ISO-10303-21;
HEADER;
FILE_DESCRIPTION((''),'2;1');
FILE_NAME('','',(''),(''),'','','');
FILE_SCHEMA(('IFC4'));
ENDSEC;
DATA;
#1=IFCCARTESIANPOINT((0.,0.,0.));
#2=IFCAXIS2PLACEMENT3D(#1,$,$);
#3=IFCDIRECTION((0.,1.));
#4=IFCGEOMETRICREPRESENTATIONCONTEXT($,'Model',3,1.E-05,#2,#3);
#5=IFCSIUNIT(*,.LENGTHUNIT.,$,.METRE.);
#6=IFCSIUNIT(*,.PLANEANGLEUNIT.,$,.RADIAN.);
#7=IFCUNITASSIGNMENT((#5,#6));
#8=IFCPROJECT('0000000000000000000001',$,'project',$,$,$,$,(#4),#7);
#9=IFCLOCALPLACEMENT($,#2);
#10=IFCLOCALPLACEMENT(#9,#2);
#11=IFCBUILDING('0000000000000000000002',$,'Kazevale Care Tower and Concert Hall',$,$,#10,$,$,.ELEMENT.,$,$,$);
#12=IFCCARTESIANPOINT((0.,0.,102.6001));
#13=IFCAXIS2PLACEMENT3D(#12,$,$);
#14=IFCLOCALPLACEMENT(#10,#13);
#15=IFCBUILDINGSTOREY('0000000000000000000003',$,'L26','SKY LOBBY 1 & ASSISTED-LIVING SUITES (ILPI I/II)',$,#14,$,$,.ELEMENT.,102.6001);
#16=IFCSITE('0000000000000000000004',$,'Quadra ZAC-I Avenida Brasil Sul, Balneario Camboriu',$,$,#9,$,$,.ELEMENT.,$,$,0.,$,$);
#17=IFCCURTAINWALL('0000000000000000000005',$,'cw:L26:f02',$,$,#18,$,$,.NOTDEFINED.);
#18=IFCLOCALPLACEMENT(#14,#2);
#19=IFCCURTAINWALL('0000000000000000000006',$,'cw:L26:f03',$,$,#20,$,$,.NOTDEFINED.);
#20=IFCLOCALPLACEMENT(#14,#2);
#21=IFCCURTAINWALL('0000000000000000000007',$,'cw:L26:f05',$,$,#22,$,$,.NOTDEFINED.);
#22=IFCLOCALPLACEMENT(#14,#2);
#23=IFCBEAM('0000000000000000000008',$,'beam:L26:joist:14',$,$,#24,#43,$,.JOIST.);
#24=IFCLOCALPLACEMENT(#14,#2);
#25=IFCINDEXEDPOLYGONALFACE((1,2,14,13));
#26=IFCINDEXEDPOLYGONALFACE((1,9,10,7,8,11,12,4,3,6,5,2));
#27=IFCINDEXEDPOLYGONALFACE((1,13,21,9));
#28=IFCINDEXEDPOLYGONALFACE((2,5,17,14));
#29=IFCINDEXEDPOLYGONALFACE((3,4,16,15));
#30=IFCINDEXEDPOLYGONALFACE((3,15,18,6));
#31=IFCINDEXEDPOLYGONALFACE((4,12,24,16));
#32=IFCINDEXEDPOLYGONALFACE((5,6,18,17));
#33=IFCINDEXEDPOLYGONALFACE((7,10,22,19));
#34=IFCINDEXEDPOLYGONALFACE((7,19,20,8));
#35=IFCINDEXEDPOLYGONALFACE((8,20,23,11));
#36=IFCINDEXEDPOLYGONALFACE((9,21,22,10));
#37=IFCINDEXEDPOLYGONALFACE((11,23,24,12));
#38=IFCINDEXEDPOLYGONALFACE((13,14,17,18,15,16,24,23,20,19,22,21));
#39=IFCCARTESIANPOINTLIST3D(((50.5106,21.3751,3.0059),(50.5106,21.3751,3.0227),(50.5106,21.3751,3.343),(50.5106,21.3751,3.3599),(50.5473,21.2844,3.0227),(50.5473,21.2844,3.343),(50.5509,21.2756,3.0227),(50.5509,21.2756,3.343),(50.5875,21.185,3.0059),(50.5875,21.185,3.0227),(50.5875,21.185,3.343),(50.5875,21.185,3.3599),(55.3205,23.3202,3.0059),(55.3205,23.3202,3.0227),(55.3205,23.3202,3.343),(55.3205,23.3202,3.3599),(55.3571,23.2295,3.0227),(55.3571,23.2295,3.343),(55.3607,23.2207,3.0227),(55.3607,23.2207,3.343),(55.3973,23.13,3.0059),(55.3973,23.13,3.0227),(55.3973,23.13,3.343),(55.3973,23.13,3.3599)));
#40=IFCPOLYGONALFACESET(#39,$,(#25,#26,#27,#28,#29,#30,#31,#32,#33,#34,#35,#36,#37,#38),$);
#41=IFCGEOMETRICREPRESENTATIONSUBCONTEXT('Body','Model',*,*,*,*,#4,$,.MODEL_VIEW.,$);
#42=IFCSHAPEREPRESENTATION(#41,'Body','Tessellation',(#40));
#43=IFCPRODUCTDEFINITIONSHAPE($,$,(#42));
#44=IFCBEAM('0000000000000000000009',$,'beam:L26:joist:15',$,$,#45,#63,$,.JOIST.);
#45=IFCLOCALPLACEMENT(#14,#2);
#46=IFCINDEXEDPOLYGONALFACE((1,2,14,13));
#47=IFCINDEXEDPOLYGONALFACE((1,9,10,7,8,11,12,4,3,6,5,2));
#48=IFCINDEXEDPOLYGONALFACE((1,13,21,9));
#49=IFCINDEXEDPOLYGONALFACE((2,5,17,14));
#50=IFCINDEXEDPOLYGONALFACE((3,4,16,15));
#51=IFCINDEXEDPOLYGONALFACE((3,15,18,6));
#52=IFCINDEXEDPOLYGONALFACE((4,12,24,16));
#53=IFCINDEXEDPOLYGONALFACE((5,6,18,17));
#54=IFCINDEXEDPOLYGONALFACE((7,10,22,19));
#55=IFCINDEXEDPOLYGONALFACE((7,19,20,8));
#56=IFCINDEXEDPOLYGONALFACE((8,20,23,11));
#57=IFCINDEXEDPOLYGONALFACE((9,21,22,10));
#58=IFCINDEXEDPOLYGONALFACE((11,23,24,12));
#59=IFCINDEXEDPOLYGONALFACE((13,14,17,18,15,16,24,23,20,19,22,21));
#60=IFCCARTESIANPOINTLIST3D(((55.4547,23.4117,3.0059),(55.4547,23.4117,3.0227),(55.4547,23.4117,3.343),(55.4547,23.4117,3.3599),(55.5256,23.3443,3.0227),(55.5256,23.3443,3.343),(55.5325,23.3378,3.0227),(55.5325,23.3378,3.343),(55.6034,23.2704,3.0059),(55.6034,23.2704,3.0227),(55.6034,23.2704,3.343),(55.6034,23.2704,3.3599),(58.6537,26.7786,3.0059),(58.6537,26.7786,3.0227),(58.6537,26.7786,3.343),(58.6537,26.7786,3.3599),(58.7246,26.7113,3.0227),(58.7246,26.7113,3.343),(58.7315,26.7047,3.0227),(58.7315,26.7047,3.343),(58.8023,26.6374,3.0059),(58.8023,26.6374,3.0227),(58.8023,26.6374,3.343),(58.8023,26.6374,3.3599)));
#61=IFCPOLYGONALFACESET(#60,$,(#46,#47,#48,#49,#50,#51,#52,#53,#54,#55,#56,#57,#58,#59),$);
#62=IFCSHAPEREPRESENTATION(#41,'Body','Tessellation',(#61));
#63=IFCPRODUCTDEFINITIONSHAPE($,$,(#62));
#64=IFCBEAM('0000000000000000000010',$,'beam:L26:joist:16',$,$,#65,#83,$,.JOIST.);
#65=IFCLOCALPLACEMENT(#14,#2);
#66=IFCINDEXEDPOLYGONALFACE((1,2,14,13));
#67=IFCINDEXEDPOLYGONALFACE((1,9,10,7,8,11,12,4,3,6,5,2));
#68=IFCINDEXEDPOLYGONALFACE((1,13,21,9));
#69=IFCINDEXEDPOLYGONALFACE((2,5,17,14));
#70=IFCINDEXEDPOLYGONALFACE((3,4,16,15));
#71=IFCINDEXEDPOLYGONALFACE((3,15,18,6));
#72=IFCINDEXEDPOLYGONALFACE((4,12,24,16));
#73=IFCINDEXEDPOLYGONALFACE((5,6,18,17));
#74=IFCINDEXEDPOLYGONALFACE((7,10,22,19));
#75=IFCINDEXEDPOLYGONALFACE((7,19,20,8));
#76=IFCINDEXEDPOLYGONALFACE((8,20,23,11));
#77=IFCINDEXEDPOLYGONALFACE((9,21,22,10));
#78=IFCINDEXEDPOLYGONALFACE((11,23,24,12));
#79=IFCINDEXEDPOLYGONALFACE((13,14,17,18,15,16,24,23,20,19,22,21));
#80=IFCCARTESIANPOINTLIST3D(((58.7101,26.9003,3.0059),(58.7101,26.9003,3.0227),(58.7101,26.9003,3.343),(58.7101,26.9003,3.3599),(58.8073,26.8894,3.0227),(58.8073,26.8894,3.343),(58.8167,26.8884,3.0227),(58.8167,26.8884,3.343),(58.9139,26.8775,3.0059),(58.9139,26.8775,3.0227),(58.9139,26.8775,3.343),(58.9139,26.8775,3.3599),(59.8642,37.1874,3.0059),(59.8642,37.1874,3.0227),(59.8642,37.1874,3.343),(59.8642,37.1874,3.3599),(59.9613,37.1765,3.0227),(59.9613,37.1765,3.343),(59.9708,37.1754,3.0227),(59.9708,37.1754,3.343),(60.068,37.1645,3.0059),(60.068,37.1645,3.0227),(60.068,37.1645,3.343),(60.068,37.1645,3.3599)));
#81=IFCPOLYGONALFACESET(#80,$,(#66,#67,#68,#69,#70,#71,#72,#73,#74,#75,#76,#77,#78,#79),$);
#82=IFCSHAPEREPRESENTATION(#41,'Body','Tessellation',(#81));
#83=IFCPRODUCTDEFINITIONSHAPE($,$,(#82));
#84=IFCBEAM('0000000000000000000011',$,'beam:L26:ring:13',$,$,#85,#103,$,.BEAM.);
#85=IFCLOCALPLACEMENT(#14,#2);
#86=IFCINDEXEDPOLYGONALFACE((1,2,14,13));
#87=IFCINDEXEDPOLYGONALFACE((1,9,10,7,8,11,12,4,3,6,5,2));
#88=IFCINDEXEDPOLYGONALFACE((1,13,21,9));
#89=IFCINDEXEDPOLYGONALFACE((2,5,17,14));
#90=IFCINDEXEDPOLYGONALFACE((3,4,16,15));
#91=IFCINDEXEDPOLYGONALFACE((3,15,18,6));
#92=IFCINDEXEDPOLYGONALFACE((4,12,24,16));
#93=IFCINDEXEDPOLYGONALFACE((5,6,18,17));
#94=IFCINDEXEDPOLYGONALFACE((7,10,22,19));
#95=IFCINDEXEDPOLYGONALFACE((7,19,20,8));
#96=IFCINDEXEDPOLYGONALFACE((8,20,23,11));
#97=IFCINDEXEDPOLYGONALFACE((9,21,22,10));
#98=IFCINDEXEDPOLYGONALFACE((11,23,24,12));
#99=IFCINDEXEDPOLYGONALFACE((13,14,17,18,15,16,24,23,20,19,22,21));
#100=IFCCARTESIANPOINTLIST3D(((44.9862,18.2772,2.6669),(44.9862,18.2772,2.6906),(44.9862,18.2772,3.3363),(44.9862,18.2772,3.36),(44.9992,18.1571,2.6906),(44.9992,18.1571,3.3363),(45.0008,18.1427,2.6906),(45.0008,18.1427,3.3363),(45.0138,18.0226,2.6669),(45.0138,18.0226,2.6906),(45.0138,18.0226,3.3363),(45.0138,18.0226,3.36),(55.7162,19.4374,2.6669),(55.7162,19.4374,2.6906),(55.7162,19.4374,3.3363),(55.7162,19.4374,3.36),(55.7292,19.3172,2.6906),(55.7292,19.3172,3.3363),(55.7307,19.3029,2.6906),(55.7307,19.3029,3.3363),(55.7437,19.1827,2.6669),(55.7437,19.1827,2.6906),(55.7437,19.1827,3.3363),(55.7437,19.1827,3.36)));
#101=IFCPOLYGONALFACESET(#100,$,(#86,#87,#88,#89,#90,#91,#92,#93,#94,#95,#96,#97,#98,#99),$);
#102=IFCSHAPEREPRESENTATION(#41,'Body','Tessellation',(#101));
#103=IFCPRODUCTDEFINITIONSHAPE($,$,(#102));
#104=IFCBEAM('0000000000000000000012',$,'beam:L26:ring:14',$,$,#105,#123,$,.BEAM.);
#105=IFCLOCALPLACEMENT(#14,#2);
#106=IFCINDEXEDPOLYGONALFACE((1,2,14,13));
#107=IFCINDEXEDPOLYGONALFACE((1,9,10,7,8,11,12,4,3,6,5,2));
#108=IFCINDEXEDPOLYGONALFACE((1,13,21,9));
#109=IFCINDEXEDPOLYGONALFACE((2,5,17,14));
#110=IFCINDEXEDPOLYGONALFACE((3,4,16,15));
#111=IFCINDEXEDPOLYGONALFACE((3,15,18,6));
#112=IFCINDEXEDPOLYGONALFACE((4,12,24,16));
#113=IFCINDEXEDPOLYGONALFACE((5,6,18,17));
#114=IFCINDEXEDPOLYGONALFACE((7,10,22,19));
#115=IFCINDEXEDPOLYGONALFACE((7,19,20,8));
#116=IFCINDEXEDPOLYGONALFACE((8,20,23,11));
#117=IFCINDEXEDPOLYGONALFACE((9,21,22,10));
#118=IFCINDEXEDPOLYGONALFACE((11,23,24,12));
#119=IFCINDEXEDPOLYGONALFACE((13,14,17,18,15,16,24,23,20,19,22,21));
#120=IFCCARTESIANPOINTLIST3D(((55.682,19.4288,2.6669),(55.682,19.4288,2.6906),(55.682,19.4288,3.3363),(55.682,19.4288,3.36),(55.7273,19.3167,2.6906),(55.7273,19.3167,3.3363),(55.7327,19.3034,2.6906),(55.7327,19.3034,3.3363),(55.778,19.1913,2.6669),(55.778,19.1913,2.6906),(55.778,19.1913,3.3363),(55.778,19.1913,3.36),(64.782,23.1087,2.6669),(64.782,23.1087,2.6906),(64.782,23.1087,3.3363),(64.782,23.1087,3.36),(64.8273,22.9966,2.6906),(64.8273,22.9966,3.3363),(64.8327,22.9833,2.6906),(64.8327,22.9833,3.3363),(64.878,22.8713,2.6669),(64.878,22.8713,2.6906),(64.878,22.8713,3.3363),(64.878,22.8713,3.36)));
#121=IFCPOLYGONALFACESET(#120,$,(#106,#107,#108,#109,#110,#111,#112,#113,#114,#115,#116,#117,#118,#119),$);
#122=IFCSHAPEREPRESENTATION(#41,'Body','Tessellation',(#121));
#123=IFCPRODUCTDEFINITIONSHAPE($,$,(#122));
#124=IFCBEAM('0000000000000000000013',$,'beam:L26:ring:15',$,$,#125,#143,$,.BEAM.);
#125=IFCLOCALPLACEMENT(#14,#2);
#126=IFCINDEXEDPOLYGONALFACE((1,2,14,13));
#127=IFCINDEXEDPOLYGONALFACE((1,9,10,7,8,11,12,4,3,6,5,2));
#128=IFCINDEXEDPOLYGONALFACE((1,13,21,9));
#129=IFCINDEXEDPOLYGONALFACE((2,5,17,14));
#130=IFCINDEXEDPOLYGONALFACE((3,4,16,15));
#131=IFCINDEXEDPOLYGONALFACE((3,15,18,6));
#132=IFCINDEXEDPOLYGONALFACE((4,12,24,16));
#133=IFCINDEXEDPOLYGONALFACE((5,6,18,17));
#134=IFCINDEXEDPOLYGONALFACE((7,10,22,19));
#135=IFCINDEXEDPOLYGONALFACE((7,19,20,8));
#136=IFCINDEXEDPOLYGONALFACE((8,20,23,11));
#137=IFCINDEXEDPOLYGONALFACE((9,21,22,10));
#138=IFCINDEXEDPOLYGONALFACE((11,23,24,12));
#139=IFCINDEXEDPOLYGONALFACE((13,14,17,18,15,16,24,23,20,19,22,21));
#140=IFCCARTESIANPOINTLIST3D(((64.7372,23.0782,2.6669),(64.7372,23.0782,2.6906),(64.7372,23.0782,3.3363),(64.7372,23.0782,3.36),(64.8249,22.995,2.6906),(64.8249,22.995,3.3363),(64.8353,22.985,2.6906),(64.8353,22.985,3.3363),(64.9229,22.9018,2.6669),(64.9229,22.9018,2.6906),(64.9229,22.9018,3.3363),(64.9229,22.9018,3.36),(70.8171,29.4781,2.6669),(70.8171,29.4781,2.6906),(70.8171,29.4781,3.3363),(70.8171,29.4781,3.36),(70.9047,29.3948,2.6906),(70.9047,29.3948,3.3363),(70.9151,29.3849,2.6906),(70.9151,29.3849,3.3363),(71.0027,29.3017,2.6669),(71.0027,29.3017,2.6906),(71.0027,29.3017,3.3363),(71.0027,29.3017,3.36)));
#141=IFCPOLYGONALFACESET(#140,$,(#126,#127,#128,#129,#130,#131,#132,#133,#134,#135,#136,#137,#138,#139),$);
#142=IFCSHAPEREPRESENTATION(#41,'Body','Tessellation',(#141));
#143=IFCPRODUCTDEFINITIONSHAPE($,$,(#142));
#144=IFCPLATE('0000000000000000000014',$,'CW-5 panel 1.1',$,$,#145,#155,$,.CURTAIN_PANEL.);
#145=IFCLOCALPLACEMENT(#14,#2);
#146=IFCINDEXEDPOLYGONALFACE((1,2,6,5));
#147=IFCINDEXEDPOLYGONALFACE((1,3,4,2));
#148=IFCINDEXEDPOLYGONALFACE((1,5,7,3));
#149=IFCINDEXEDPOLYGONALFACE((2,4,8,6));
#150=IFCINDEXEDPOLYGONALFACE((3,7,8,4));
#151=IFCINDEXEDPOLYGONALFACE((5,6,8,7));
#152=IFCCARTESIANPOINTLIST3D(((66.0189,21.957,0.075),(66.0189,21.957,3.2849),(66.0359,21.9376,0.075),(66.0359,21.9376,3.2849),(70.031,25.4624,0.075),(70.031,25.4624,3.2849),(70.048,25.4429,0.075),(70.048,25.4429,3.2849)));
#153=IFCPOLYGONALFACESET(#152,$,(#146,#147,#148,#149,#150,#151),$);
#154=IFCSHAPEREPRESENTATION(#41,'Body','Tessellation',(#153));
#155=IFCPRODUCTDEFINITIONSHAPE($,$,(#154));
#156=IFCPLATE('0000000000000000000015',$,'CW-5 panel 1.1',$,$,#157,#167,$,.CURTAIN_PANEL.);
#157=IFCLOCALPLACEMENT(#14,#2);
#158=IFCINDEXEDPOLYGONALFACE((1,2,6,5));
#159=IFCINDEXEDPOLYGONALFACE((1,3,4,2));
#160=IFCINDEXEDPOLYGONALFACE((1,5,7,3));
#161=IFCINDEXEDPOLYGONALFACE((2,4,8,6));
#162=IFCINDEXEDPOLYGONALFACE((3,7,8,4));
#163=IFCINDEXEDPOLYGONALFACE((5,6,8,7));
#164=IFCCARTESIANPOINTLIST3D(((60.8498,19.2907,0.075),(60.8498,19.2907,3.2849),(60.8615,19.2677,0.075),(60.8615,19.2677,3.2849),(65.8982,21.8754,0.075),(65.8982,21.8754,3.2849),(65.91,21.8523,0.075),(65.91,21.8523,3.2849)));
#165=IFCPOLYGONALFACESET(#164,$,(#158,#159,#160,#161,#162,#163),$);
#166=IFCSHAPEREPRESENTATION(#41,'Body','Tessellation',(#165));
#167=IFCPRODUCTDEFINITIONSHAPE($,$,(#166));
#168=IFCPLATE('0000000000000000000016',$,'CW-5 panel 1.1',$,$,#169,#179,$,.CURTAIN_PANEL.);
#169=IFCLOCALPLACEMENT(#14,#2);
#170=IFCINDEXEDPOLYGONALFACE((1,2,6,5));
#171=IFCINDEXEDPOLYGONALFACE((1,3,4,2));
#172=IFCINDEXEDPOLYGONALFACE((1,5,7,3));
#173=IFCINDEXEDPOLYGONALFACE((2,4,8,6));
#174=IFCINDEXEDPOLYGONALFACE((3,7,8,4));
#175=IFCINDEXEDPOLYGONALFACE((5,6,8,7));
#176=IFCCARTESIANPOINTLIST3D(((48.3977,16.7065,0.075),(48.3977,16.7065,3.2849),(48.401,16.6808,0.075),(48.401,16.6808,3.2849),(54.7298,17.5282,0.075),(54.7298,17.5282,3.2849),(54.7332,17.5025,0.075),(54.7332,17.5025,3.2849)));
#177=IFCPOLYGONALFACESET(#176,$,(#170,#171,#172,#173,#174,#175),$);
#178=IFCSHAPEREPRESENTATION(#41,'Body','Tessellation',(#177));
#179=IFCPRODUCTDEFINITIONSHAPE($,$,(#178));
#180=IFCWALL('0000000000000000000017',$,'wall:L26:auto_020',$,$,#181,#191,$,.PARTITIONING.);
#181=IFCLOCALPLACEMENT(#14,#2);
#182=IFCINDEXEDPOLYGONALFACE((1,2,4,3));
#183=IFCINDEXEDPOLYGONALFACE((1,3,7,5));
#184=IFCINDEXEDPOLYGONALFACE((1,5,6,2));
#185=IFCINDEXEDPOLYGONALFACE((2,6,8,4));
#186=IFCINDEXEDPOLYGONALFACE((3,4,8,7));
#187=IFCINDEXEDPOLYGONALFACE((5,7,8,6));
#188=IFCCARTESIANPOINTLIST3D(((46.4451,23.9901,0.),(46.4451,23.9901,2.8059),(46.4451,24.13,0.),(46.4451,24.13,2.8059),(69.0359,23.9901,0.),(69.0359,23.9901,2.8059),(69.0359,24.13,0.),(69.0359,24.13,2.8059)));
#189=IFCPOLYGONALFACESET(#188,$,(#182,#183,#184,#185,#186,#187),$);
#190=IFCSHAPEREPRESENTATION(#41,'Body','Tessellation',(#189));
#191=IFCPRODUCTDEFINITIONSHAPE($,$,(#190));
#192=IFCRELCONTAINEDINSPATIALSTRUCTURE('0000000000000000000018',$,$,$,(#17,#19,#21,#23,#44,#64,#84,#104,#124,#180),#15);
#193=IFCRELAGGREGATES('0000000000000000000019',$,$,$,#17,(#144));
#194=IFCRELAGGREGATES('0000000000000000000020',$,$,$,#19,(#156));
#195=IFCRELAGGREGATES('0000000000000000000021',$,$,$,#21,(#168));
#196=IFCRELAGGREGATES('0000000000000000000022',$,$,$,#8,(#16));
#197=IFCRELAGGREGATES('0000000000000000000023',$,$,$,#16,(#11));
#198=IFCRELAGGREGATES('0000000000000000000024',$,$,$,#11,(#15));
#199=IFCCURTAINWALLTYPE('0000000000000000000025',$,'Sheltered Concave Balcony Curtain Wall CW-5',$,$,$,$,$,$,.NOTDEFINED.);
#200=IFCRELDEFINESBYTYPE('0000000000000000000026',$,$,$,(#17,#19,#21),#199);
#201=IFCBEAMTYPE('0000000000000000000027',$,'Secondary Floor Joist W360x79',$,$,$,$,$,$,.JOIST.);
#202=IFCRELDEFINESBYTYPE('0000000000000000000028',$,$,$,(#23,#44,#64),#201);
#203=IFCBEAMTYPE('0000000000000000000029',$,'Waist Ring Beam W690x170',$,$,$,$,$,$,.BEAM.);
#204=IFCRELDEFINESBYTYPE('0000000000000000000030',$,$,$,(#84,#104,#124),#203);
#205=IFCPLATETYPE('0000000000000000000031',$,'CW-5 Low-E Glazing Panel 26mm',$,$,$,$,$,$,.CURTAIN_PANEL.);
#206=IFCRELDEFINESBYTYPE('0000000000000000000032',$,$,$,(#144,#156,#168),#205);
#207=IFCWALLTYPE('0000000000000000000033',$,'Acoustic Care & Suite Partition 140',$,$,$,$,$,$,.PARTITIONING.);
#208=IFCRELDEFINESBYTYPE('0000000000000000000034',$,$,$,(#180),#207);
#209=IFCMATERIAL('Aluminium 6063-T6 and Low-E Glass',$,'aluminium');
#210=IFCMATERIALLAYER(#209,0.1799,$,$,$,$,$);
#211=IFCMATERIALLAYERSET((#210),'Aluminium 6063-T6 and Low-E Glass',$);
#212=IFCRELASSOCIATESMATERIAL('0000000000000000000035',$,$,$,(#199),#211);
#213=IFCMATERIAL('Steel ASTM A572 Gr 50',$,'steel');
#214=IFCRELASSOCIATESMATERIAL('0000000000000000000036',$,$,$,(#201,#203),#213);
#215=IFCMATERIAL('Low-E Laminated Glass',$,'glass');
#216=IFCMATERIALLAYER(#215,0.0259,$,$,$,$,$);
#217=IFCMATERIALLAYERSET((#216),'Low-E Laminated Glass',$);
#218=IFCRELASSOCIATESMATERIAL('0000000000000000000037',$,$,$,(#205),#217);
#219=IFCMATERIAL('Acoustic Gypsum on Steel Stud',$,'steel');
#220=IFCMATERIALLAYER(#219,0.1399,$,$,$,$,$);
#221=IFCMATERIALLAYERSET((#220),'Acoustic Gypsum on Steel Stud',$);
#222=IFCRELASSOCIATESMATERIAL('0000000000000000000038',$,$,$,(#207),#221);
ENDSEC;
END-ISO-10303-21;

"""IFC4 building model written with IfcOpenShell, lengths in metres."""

from ifc_helpers import new_model, si_unit, direction, frame, frame_2d, origin, origin_2d, place, context, subcontext, project, spatial, rectangle, i_section, extrude, material, layer, layer_set, material_profile, profile_set, type_object, element, aggregate, save


model = new_model("IFC4")

# Units and contexts
model_context = context("Model", 3, precision=1e-05, world=origin(), true_north=direction((0.0, 1.0)))
body_context = subcontext(model_context, "Body", "Model", "MODEL_VIEW")
ifc_project = project(units=[si_unit("LENGTHUNIT", "METRE"), si_unit("PLANEANGLEUNIT", "RADIAN")], contexts=[model_context])

# Site, building, storey
site_placement = place(None, origin())
site = spatial("IfcSite", under=ifc_project, at=site_placement, Name="Quadra ZAC-I Avenida Brasil Sul, Balneario Camboriu", CompositionType="ELEMENT", RefElevation=0.0)
building_placement = place(site_placement, origin())
building = spatial("IfcBuilding", under=site, at=building_placement, Name="Kazevale Care Tower and Concert Hall", CompositionType="ELEMENT")
storey_placement = place(building_placement, frame((0.0, 0.0, 102.6001)))
storey = spatial("IfcBuildingStorey", under=building, at=storey_placement, Name="L26", Description="SKY LOBBY 1 & ASSISTED-LIVING SUITES (ILPI I/II)", CompositionType="ELEMENT", Elevation=102.6001)

# Curtain walls
ifc_material_1 = material(Name="Aluminium 6063-T6 and Low-E Glass", Category="aluminium")
ifc_layer_1 = layer(ifc_material_1, 0.1799)
ifc_layer_set_1 = layer_set([ifc_layer_1], Name="Aluminium 6063-T6 and Low-E Glass")
curtain_wall_type = type_object("IfcCurtainWallType", Name="Sheltered Concave Balcony Curtain Wall CW-5", PredefinedType="NOTDEFINED", material=ifc_layer_set_1)
curtain_wall_1_placement = place(storey_placement, origin())
curtain_wall_1 = element("IfcCurtainWall", 1, at=curtain_wall_1_placement, inside=storey, type_object=curtain_wall_type, Name="cw:L26:f02", PredefinedType="NOTDEFINED")
curtain_wall_2_placement = place(storey_placement, origin())
curtain_wall_2 = element("IfcCurtainWall", 2, at=curtain_wall_2_placement, inside=storey, type_object=curtain_wall_type, Name="cw:L26:f03", PredefinedType="NOTDEFINED")
curtain_wall_3_placement = place(storey_placement, origin())
curtain_wall_3 = element("IfcCurtainWall", 3, at=curtain_wall_3_placement, inside=storey, type_object=curtain_wall_type, Name="cw:L26:f05", PredefinedType="NOTDEFINED")

# Beams
ifc_material_2 = material(Name="Steel ASTM A572 Gr 50", Category="steel")
ifc_material_profile_1 = material_profile(ifc_material_2, i_section(OverallWidth=0.2051, OverallDepth=0.354, WebThickness=0.0095, FlangeThickness=0.0168, at=origin_2d()), Name="W360x79")
ifc_profile_set_1 = profile_set([ifc_material_profile_1], Name="Steel ASTM A572 Gr 50")
beam_type_1 = type_object("IfcBeamType", Name="Secondary Floor Joist W360x79", PredefinedType="JOIST", material=ifc_profile_set_1)
beam_1_placement = place(storey_placement, frame((50.5491, 21.28, 3.1829), z_axis=(0.927065, 0.374901, 0.0), x_axis=(-0.374901, 0.927065, 0.0)))
element("IfcBeam", 4, at=beam_1_placement, inside=storey, type_object=beam_type_1, Name="beam:L26:joist:14", PredefinedType="JOIST", context=body_context, shape_type="SweptSolid", body=[
    extrude(i_section(OverallWidth=0.2051, OverallDepth=0.354, WebThickness=0.0095, FlangeThickness=0.0168, at=origin_2d()), origin(), (0.0, 0.0, 1.0), 5.1882),
])
beam_2_placement = place(storey_placement, frame((55.5291, 23.3411, 3.1829), z_axis=(0.688792, 0.724959, 0.0), x_axis=(-0.724959, 0.688792, 0.0)))
element("IfcBeam", 5, at=beam_2_placement, inside=storey, type_object=beam_type_1, Name="beam:L26:joist:15", PredefinedType="JOIST", context=body_context, shape_type="SweptSolid", body=[
    extrude(i_section(OverallWidth=0.2051, OverallDepth=0.354, WebThickness=0.0095, FlangeThickness=0.0168, at=origin_2d()), origin(), (0.0, 0.0, 1.0), 4.6443),
])
beam_3_placement = place(storey_placement, frame((58.812, 26.8889, 3.1829), z_axis=(0.111485, 0.993766, 0.0), x_axis=(-0.993766, 0.111485, 0.0)))
element("IfcBeam", 6, at=beam_3_placement, inside=storey, type_object=beam_type_1, Name="beam:L26:joist:16", PredefinedType="JOIST", context=body_context, shape_type="SweptSolid", body=[
    extrude(i_section(OverallWidth=0.2051, OverallDepth=0.354, WebThickness=0.0095, FlangeThickness=0.0168, at=origin_2d()), origin(), (0.0, 0.0, 1.0), 10.3516),
])
ifc_material_profile_2 = material_profile(ifc_material_2, i_section(OverallWidth=0.2561, OverallDepth=0.6931, WebThickness=0.0144, FlangeThickness=0.0237, at=origin_2d()), Name="W690x170")
ifc_profile_set_2 = profile_set([ifc_material_profile_2], Name="Steel ASTM A572 Gr 50")
beam_type_2 = type_object("IfcBeamType", Name="Waist Ring Beam W690x170", PredefinedType="BEAM", material=ifc_profile_set_2)
beam_4_placement = place(storey_placement, frame((45.0, 18.1499, 3.0134), z_axis=(0.994205, 0.107496, 0.0), x_axis=(-0.107496, 0.994205, 0.0)))
element("IfcBeam", 7, at=beam_4_placement, inside=storey, type_object=beam_type_2, Name="beam:L26:ring:13", PredefinedType="BEAM", context=body_context, shape_type="SweptSolid", body=[
    extrude(i_section(OverallWidth=0.2561, OverallDepth=0.6931, WebThickness=0.0144, FlangeThickness=0.0237, at=origin_2d()), origin(), (0.0, 0.0, 1.0), 10.7925),
])
beam_5_placement = place(storey_placement, frame((55.73, 19.3101, 3.0134), z_axis=(0.927069, 0.374892, 0.0), x_axis=(-0.374892, 0.927069, 0.0)))
element("IfcBeam", 8, at=beam_5_placement, inside=storey, type_object=beam_type_2, Name="beam:L26:ring:14", PredefinedType="BEAM", context=body_context, shape_type="SweptSolid", body=[
    extrude(i_section(OverallWidth=0.2561, OverallDepth=0.6931, WebThickness=0.0144, FlangeThickness=0.0237, at=origin_2d()), origin(), (0.0, 0.0, 1.0), 9.8159),
])
beam_6_placement = place(storey_placement, frame((64.8301, 22.99, 3.0134), z_axis=(0.688745, 0.725004, 0.0), x_axis=(-0.725004, 0.688745, 0.0)))
element("IfcBeam", 9, at=beam_6_placement, inside=storey, type_object=beam_type_2, Name="beam:L26:ring:15", PredefinedType="BEAM", context=body_context, shape_type="SweptSolid", body=[
    extrude(i_section(OverallWidth=0.2561, OverallDepth=0.6931, WebThickness=0.0144, FlangeThickness=0.0237, at=origin_2d()), origin(), (0.0, 0.0, 1.0), 8.8274),
])

# Plates
ifc_material_3 = material(Name="Low-E Laminated Glass", Category="glass")
ifc_layer_2 = layer(ifc_material_3, 0.0259)
ifc_layer_set_2 = layer_set([ifc_layer_2], Name="Low-E Laminated Glass")
plate_type = type_object("IfcPlateType", Name="CW-5 Low-E Glazing Panel 26mm", PredefinedType="CURTAIN_PANEL", material=ifc_layer_set_2)
plate_1_placement = place(storey_placement, frame((68.0334, 23.7, 0.075), z_axis=(0.0, 0.0, 1.0), x_axis=(-0.753063, -0.657949, 0.0)))
plate_1 = element("IfcPlate", 10, at=plate_1_placement, type_object=plate_type, Name="CW-5 panel 1.1", PredefinedType="CURTAIN_PANEL", context=body_context, shape_type="SweptSolid", body=[
    extrude(rectangle(XDim=5.3276, YDim=0.0259, at=origin_2d()), origin(), (0.0, 0.0, 1.0), 3.21),
])
aggregate(curtain_wall_1, [plate_1])
plate_2_placement = place(storey_placement, frame((63.3799, 20.5715, 0.075), z_axis=(0.0, 0.0, 1.0), x_axis=(-0.890127, -0.455713, 0.0)))
plate_2 = element("IfcPlate", 11, at=plate_2_placement, type_object=plate_type, Name="CW-5 panel 1.1", PredefinedType="CURTAIN_PANEL", context=body_context, shape_type="SweptSolid", body=[
    extrude(rectangle(XDim=5.6716, YDim=0.0259, at=origin_2d()), origin(), (0.0, 0.0, 1.0), 3.21),
])
aggregate(curtain_wall_2, [plate_2])
plate_3_placement = place(storey_placement, frame((51.5654, 17.1045, 0.075), z_axis=(0.0, 0.0, 1.0), x_axis=(-0.991686, -0.128685, 0.0)))
plate_3 = element("IfcPlate", 12, at=plate_3_placement, type_object=plate_type, Name="CW-5 panel 1.1", PredefinedType="CURTAIN_PANEL", context=body_context, shape_type="SweptSolid", body=[
    extrude(rectangle(XDim=6.3853, YDim=0.0259, at=origin_2d()), origin(), (0.0, 0.0, 1.0), 3.21),
])
aggregate(curtain_wall_3, [plate_3])

# Wall
ifc_material_4 = material(Name="Acoustic Gypsum on Steel Stud", Category="steel")
ifc_layer_3 = layer(ifc_material_4, 0.1399)
ifc_layer_set_3 = layer_set([ifc_layer_3], Name="Acoustic Gypsum on Steel Stud")
wall_type_1 = type_object("IfcWallType", Name="Acoustic Care & Suite Partition 140", PredefinedType="PARTITIONING", material=ifc_layer_set_3)
wall_1_placement = place(storey_placement, frame((46.4451, 24.0601, 0.0), z_axis=(0.0, 0.0, 1.0), x_axis=(1.0, 0.0, 0.0)))
element("IfcWall", 13, at=wall_1_placement, inside=storey, type_object=wall_type_1, Name="wall:L26:auto_020", PredefinedType="PARTITIONING", context=body_context, shape_type="SweptSolid", body=[
    extrude(rectangle(XDim=22.5908, YDim=0.1399, at=frame_2d((11.2954, 0.0))), origin(), (0.0, 0.0, 1.0), 2.8059),
])

save(model, "model.ifc")
